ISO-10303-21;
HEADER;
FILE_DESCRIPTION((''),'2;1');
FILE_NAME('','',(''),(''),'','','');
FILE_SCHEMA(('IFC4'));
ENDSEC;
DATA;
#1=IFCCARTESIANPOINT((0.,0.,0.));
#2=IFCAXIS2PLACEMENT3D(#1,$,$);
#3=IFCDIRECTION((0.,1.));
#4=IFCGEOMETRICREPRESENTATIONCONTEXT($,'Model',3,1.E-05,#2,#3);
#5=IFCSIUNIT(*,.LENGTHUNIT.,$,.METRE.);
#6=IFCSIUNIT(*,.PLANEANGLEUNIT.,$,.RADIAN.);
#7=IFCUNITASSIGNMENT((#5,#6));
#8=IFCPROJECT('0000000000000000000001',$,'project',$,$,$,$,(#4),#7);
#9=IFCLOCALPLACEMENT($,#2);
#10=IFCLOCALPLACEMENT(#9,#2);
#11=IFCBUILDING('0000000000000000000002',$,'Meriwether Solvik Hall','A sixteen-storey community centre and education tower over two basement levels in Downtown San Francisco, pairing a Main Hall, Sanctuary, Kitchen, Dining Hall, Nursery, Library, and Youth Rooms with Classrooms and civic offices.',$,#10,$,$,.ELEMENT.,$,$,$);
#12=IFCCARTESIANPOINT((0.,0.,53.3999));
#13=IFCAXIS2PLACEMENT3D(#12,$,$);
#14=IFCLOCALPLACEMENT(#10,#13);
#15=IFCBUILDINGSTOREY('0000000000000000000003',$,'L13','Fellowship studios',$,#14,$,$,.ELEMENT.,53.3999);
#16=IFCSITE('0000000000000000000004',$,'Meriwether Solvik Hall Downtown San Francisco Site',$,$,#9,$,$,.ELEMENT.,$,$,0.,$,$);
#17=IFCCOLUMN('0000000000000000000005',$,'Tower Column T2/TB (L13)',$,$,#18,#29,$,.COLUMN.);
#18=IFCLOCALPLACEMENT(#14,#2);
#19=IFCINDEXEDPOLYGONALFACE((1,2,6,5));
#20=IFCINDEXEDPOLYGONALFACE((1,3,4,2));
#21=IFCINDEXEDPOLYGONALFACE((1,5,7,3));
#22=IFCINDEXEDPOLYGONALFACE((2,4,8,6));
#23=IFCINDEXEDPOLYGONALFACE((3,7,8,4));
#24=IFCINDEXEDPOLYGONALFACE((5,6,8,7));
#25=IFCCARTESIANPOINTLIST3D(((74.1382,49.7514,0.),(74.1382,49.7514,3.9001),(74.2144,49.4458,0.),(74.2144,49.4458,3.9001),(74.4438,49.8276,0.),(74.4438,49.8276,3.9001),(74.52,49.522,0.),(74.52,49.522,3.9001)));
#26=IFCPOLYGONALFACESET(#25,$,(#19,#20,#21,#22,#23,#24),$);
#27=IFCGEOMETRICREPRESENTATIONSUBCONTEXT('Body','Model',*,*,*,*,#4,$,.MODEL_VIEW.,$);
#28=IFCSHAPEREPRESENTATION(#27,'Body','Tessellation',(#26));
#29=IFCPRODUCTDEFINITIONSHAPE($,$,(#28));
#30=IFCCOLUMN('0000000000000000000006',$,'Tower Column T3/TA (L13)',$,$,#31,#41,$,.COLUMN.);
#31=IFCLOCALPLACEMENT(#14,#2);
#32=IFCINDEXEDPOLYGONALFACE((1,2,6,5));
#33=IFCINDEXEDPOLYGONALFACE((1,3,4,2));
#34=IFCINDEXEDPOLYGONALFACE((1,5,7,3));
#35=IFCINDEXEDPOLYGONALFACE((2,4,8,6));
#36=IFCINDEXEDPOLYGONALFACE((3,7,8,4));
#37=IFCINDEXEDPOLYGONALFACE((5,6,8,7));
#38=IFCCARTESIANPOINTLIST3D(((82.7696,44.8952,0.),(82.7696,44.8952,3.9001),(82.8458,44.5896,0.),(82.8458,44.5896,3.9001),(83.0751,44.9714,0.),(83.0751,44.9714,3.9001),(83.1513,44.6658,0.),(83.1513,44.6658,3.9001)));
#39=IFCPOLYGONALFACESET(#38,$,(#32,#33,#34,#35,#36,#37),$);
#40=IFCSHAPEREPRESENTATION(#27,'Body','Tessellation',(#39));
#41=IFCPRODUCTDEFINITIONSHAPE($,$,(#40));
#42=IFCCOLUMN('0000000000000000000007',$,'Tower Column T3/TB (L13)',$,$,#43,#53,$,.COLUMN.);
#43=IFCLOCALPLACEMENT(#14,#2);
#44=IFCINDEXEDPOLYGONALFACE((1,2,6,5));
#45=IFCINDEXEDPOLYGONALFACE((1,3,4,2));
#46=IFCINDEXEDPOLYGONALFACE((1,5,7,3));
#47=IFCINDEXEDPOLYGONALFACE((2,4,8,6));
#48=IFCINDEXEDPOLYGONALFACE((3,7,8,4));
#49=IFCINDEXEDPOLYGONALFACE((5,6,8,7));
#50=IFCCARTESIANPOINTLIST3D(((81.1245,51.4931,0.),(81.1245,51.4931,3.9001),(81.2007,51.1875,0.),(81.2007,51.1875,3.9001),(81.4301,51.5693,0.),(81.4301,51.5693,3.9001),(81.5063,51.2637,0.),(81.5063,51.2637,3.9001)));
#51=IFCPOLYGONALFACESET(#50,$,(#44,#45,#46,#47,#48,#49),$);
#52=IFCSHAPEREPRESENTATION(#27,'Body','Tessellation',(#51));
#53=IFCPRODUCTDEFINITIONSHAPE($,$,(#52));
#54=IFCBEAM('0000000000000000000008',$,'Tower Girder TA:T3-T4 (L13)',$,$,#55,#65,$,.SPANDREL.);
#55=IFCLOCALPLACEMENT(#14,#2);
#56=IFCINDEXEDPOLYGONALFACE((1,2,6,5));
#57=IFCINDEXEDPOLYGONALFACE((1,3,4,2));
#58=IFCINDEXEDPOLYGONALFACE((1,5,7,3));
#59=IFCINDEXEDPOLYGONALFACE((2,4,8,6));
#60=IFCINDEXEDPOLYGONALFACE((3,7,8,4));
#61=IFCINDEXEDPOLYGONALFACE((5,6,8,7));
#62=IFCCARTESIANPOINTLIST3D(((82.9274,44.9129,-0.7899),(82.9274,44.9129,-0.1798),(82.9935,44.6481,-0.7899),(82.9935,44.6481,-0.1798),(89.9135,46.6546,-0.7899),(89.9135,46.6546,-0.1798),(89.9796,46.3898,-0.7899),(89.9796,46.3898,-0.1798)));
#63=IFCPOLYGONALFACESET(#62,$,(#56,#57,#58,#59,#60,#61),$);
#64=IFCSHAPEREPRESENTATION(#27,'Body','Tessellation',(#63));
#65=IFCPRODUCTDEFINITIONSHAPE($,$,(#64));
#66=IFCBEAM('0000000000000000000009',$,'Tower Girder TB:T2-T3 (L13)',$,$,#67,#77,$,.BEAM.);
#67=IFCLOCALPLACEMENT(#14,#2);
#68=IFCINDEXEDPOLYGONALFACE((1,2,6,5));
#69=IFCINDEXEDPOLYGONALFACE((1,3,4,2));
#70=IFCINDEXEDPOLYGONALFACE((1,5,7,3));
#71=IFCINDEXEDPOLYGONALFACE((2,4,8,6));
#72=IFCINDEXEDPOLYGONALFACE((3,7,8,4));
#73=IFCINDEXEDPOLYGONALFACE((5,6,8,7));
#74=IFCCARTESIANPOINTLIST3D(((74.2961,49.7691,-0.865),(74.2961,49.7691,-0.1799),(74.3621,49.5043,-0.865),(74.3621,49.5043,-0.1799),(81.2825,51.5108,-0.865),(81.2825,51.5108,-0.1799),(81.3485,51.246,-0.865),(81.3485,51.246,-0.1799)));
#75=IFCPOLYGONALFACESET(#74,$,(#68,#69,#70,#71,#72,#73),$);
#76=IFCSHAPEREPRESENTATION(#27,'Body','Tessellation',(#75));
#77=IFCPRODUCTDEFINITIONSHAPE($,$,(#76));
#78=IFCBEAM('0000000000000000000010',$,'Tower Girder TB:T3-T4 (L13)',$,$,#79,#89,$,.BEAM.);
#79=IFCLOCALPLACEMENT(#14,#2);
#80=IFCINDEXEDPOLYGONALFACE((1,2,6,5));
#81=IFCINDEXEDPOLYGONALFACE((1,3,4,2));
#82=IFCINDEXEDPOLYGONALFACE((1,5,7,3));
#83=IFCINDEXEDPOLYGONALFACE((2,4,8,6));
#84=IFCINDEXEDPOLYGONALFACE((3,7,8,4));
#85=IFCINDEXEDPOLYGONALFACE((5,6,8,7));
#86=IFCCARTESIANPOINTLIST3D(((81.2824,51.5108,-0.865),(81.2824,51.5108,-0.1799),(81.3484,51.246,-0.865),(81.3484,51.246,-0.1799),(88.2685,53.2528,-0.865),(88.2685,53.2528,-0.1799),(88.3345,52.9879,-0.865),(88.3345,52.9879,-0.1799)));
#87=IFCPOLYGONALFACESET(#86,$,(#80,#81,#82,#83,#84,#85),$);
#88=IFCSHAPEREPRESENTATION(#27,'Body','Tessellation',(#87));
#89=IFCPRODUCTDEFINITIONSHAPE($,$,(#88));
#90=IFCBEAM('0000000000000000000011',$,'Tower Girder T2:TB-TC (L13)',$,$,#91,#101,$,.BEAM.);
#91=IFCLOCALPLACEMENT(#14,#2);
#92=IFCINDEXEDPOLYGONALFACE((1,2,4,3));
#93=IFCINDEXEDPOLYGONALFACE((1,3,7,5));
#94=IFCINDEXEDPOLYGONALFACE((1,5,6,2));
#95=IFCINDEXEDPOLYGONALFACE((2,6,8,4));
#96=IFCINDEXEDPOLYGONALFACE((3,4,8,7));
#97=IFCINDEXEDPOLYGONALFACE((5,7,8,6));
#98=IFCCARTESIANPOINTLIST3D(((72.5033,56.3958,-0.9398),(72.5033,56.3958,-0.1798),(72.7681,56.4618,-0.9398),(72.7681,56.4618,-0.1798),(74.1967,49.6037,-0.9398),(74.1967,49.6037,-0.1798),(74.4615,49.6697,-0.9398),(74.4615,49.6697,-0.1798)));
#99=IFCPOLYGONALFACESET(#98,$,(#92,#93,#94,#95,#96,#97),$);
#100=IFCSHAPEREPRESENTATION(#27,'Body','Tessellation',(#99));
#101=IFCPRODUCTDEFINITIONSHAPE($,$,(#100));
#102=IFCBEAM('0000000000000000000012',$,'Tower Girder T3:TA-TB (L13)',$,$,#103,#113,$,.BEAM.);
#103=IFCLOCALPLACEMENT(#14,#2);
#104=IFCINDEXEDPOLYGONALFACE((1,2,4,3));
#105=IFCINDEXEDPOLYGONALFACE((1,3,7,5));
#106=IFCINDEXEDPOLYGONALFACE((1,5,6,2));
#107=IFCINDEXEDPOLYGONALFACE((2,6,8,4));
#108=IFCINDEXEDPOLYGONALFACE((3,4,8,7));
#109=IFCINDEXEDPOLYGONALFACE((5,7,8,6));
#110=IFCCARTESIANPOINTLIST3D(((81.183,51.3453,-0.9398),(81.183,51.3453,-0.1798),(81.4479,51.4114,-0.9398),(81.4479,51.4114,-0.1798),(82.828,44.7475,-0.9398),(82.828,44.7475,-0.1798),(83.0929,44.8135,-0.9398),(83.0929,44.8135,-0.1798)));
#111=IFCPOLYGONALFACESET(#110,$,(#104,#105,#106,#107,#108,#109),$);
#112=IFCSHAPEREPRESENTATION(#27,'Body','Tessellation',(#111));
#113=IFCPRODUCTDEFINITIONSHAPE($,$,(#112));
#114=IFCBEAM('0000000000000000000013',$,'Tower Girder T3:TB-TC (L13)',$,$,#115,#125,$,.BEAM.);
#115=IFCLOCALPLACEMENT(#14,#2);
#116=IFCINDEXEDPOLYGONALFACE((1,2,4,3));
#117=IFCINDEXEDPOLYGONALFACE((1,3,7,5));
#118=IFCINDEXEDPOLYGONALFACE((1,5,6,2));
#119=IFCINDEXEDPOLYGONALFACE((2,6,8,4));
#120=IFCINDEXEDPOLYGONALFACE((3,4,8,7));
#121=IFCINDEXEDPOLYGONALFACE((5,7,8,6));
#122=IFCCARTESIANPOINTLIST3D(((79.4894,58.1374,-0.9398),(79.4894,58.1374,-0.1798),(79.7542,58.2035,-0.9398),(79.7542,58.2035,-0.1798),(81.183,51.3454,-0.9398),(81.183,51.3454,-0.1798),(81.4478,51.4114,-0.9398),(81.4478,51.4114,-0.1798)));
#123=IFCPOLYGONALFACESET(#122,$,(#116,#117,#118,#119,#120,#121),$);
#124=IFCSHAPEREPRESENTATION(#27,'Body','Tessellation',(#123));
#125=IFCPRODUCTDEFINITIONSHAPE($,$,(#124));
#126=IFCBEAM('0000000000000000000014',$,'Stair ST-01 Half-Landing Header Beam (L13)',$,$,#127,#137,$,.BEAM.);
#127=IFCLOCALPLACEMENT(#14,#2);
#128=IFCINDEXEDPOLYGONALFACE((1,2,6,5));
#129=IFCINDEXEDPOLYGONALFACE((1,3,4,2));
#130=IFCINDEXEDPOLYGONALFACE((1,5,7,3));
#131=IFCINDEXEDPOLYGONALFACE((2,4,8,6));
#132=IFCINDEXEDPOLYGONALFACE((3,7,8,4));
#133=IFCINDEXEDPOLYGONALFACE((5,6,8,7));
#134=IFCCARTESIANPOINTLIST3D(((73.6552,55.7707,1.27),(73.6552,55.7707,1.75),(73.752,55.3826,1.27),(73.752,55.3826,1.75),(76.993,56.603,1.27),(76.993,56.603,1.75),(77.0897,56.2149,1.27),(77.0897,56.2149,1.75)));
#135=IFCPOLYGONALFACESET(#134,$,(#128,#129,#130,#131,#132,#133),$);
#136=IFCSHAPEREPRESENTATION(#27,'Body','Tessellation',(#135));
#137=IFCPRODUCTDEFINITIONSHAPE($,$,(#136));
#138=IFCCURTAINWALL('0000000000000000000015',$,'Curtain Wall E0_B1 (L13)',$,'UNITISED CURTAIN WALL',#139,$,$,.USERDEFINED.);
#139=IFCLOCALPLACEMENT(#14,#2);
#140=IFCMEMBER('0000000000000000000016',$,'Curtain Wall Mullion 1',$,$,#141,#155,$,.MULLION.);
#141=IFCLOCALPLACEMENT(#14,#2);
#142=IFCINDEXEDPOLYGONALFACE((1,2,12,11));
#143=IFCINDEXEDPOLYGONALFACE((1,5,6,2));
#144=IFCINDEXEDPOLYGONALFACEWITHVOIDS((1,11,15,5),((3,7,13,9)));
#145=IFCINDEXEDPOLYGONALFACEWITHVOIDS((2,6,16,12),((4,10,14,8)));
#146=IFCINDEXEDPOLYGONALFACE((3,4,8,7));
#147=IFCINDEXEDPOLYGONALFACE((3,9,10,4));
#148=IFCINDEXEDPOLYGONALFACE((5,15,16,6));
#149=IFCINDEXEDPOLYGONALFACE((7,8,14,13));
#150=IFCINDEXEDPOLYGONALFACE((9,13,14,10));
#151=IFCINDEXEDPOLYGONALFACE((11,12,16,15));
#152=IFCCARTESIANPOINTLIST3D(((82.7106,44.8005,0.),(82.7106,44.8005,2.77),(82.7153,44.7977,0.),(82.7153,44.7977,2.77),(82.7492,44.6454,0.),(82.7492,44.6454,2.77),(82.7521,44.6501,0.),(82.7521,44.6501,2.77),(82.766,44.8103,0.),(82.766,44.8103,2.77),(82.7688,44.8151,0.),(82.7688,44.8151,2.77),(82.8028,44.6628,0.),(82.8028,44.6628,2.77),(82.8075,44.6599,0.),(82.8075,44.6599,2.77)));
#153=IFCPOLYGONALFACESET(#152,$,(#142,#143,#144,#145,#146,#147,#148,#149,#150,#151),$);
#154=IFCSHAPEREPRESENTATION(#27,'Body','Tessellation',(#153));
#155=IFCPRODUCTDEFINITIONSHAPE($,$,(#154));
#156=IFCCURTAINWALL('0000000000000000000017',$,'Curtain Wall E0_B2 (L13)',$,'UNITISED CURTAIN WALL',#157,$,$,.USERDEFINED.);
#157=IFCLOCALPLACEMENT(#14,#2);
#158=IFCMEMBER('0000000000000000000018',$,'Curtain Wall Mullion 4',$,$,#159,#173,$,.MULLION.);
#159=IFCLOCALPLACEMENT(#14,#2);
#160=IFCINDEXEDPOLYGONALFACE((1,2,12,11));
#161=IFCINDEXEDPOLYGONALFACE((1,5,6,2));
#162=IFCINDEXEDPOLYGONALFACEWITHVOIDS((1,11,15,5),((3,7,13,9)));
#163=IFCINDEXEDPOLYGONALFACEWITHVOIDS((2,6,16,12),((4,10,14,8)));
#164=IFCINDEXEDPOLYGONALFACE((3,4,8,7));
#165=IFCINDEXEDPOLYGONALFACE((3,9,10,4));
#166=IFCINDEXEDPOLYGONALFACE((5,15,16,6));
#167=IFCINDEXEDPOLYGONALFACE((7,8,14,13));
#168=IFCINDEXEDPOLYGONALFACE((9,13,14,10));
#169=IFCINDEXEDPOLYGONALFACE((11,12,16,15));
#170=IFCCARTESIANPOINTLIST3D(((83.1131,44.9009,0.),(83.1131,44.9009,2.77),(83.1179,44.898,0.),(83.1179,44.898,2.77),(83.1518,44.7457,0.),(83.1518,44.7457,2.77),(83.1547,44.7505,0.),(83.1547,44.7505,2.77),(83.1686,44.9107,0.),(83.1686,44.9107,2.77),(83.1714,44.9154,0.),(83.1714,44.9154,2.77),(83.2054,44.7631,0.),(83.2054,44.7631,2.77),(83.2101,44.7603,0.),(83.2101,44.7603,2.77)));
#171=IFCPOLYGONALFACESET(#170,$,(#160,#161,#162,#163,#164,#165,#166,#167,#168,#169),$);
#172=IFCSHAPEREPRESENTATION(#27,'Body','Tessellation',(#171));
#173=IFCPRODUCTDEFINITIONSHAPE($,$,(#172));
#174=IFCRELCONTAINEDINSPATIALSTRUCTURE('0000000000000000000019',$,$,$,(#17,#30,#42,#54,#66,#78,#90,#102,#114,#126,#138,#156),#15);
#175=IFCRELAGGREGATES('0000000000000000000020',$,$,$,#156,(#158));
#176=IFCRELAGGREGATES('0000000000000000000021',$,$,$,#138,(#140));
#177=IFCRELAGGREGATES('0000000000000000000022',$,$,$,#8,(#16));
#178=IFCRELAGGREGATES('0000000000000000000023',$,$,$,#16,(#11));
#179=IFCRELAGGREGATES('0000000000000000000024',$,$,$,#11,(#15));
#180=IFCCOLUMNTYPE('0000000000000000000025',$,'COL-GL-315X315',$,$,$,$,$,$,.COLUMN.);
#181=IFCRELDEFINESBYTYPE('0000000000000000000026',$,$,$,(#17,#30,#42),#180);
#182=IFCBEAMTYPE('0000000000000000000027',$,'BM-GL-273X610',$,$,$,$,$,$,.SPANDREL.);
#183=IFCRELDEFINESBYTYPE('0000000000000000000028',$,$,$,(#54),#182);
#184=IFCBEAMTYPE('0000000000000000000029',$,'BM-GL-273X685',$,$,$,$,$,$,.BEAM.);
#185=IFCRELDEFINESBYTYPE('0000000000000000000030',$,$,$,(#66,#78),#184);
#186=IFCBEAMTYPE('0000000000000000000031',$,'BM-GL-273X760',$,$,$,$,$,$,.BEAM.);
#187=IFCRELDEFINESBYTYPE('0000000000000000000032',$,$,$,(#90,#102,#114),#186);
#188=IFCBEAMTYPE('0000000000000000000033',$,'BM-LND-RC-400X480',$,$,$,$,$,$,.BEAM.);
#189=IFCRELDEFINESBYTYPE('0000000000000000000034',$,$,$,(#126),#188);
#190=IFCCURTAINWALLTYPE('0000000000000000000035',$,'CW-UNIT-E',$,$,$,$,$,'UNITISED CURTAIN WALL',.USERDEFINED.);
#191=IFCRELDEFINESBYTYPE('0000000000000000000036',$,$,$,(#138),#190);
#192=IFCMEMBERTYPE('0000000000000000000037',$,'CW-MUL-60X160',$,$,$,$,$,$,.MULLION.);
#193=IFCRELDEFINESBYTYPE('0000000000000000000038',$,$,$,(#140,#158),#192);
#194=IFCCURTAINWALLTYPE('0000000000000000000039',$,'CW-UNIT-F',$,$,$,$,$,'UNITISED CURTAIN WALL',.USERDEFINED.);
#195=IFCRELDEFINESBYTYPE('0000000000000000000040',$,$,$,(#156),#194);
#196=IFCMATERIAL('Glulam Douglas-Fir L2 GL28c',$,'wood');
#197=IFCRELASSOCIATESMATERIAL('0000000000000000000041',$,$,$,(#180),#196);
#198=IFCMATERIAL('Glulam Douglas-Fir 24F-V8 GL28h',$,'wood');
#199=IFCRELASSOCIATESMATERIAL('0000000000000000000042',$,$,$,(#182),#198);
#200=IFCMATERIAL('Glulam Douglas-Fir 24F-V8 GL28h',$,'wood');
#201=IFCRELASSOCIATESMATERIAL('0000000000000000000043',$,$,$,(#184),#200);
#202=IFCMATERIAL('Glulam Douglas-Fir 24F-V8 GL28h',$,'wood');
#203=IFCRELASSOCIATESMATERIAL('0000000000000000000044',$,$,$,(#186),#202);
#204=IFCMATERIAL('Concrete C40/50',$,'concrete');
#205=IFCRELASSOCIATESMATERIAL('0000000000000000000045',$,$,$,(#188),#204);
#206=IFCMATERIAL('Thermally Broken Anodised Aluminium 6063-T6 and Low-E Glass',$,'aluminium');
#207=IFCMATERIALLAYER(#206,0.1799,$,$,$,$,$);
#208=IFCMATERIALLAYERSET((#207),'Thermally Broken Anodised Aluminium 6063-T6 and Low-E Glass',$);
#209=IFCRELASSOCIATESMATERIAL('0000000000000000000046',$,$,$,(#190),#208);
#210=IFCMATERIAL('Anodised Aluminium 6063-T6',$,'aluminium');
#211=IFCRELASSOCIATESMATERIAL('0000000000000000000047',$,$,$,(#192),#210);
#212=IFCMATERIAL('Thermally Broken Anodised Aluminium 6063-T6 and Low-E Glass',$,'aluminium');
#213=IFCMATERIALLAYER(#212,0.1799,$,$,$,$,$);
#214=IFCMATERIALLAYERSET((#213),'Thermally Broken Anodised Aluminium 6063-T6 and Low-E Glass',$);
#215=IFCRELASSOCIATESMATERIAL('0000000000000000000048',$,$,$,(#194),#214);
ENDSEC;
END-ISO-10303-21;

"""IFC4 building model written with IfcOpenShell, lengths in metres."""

from ifc_helpers import new_model, si_unit, direction, frame, origin, origin_2d, place, context, subcontext, project, spatial, rectangle, hollow_rectangle, extrude, material, layer, layer_set, material_profile, profile_set, type_object, element, aggregate, save


model = new_model("IFC4")

# Units and contexts
model_context = context("Model", 3, precision=1e-05, world=origin(), true_north=direction((0.0, 1.0)))
body_context = subcontext(model_context, "Body", "Model", "MODEL_VIEW")
ifc_project = project(units=[si_unit("LENGTHUNIT", "METRE"), si_unit("PLANEANGLEUNIT", "RADIAN")], contexts=[model_context])

# Site, building, storey
site_placement = place(None, origin())
site = spatial("IfcSite", under=ifc_project, at=site_placement, Name="Meriwether Solvik Hall Downtown San Francisco Site", CompositionType="ELEMENT", RefElevation=0.0)
building_placement = place(site_placement, origin())
building = spatial("IfcBuilding", under=site, at=building_placement, Name="Meriwether Solvik Hall", Description="A sixteen-storey community centre and education tower over two basement levels in Downtown San Francisco, pairing a Main Hall, Sanctuary, Kitchen, Dining Hall, Nursery, Library, and Youth Rooms with Classrooms and civic offices.", CompositionType="ELEMENT")
storey_placement = place(building_placement, frame((0.0, 0.0, 53.3999)))
storey = spatial("IfcBuildingStorey", under=building, at=storey_placement, Name="L13", Description="Fellowship studios", CompositionType="ELEMENT", Elevation=53.3999)

# Columns
ifc_material_1 = material(Name="Glulam Douglas-Fir L2 GL28c", Category="wood")
ifc_material_profile_1 = material_profile(ifc_material_1, rectangle(XDim=0.3149, YDim=0.3149, at=origin_2d()), Name="GLC-315X315")
ifc_profile_set_1 = profile_set([ifc_material_profile_1], Name="Glulam Douglas-Fir L2 GL28c")
column_type = type_object("IfcColumnType", Name="COL-GL-315X315", PredefinedType="COLUMN", material=ifc_profile_set_1)
for number, where, z_axis, x_axis, name in (
    (1, (74.3291, 49.6367, 0.0), (0.0, 0.0, 1.0), (0.970296, 0.241922, 0.0), "Tower Column T2/TB (L13)"),
    (2, (82.9604, 44.7805, 0.0), (0.0, 0.0, 1.0), (0.970296, 0.241922, 0.0), "Tower Column T3/TA (L13)"),
    (3, (81.3154, 51.3784, 0.0), (0.0, 0.0, 1.0), (0.970296, 0.241922, 0.0), "Tower Column T3/TB (L13)"),
):
    element("IfcColumn", number, at=place(storey_placement, frame(where, z_axis=z_axis, x_axis=x_axis)), inside=storey, type_object=column_type, Name=name, PredefinedType="COLUMN", context=body_context, shape_type="SweptSolid", body=[
        extrude(rectangle(XDim=0.3149, YDim=0.3149, at=origin_2d()), origin(), (0.0, 0.0, 1.0), 3.9001),
    ])

# Beams
ifc_material_2 = material(Name="Glulam Douglas-Fir 24F-V8 GL28h", Category="wood")
ifc_material_profile_2 = material_profile(ifc_material_2, rectangle(XDim=0.2729, YDim=0.6101, at=origin_2d()), Name="GLB-273X610")
ifc_profile_set_2 = profile_set([ifc_material_profile_2], Name="Glulam Douglas-Fir 24F-V8 GL28h")
beam_type_1 = type_object("IfcBeamType", Name="BM-GL-273X610", PredefinedType="SPANDREL", material=ifc_profile_set_2)
beam_1_placement = place(storey_placement, frame((82.9604, 44.7805, -0.4849), z_axis=(0.9703, 0.241905, 0.0), x_axis=(-0.241905, 0.9703, 0.0)))
element("IfcBeam", 4, at=beam_1_placement, inside=storey, type_object=beam_type_1, Name="Tower Girder TA:T3-T4 (L13)", PredefinedType="SPANDREL", context=body_context, shape_type="SweptSolid", body=[
    extrude(rectangle(XDim=0.2729, YDim=0.6101, at=origin_2d()), origin(), (0.0, 0.0, 1.0), 7.2),
])
ifc_material_3 = material(Name="Glulam Douglas-Fir 24F-V8 GL28h", Category="wood")
ifc_material_profile_3 = material_profile(ifc_material_3, rectangle(XDim=0.2729, YDim=0.6851, at=origin_2d()), Name="GLB-273X685")
ifc_profile_set_3 = profile_set([ifc_material_profile_3], Name="Glulam Douglas-Fir 24F-V8 GL28h")
beam_type_2 = type_object("IfcBeamType", Name="BM-GL-273X685", PredefinedType="BEAM", material=ifc_profile_set_3)
beam_2_placement = place(storey_placement, frame((74.3291, 49.6367, -0.5225), z_axis=(0.970302, 0.241897, 0.0), x_axis=(-0.241897, 0.970302, 0.0)))
element("IfcBeam", 5, at=beam_2_placement, inside=storey, type_object=beam_type_2, Name="Tower Girder TB:T2-T3 (L13)", PredefinedType="BEAM", context=body_context, shape_type="SweptSolid", body=[
    extrude(rectangle(XDim=0.2729, YDim=0.6851, at=origin_2d()), origin(), (0.0, 0.0, 1.0), 7.2002),
])
beam_3_placement = place(storey_placement, frame((81.3154, 51.3784, -0.5225), z_axis=(0.970292, 0.241937, 0.0), x_axis=(-0.241937, 0.970292, 0.0)))
element("IfcBeam", 6, at=beam_3_placement, inside=storey, type_object=beam_type_2, Name="Tower Girder TB:T3-T4 (L13)", PredefinedType="BEAM", context=body_context, shape_type="SweptSolid", body=[
    extrude(rectangle(XDim=0.2729, YDim=0.6851, at=origin_2d()), origin(), (0.0, 0.0, 1.0), 7.2),
])
ifc_material_4 = material(Name="Glulam Douglas-Fir 24F-V8 GL28h", Category="wood")
ifc_material_profile_4 = material_profile(ifc_material_4, rectangle(XDim=0.2729, YDim=0.76, at=origin_2d()), Name="GLB-273X760")
ifc_profile_set_4 = profile_set([ifc_material_profile_4], Name="Glulam Douglas-Fir 24F-V8 GL28h")
beam_type_3 = type_object("IfcBeamType", Name="BM-GL-273X760", PredefinedType="BEAM", material=ifc_profile_set_4)
beam_4_placement = place(storey_placement, frame((74.3291, 49.6367, -0.5598), z_axis=(-0.241912, 0.970298, 0.0), x_axis=(-0.970298, -0.241912, 0.0)))
element("IfcBeam", 7, at=beam_4_placement, inside=storey, type_object=beam_type_3, Name="Tower Girder T2:TB-TC (L13)", PredefinedType="BEAM", context=body_context, shape_type="SweptSolid", body=[
    extrude(rectangle(XDim=0.2729, YDim=0.76, at=origin_2d()), origin(), (0.0, 0.0, 1.0), 7.0),
])
beam_5_placement = place(storey_placement, frame((82.9604, 44.7805, -0.5598), z_axis=(-0.241919, 0.970296, 0.0), x_axis=(-0.970296, -0.241919, 0.0)))
element("IfcBeam", 8, at=beam_5_placement, inside=storey, type_object=beam_type_3, Name="Tower Girder T3:TA-TB (L13)", PredefinedType="BEAM", context=body_context, shape_type="SweptSolid", body=[
    extrude(rectangle(XDim=0.2729, YDim=0.76, at=origin_2d()), origin(), (0.0, 0.0, 1.0), 6.7998),
])
beam_6_placement = place(storey_placement, frame((81.3154, 51.3784, -0.5598), z_axis=(-0.241945, 0.97029, 0.0), x_axis=(-0.97029, -0.241945, 0.0)))
element("IfcBeam", 9, at=beam_6_placement, inside=storey, type_object=beam_type_3, Name="Tower Girder T3:TB-TC (L13)", PredefinedType="BEAM", context=body_context, shape_type="SweptSolid", body=[
    extrude(rectangle(XDim=0.2729, YDim=0.76, at=origin_2d()), origin(), (0.0, 0.0, 1.0), 7.0),
])
ifc_material_5 = material(Name="Concrete C40/50", Category="concrete")
ifc_material_profile_5 = material_profile(ifc_material_5, rectangle(XDim=0.3999, YDim=0.48, at=origin_2d()), Name="RCB-400X480")
ifc_profile_set_5 = profile_set([ifc_material_profile_5], Name="Concrete C40/50")
beam_type_4 = type_object("IfcBeamType", Name="BM-LND-RC-400X480", PredefinedType="BEAM", material=ifc_profile_set_5)
beam_7_placement = place(storey_placement, frame((73.7036, 55.5767, 1.51), z_axis=(0.970288, 0.241951, 0.0), x_axis=(-0.241951, 0.970288, 0.0)))
element("IfcBeam", 10, at=beam_7_placement, inside=storey, type_object=beam_type_4, Name="Stair ST-01 Half-Landing Header Beam (L13)", PredefinedType="BEAM", context=body_context, shape_type="SweptSolid", body=[
    extrude(rectangle(XDim=0.3999, YDim=0.48, at=origin_2d()), origin(), (0.0, 0.0, 1.0), 3.4399),
])

# Curtain walls, members
ifc_material_6 = material(Name="Thermally Broken Anodised Aluminium 6063-T6 and Low-E Glass", Category="aluminium")
ifc_layer_1 = layer(ifc_material_6, 0.1799)
ifc_layer_set_1 = layer_set([ifc_layer_1], Name="Thermally Broken Anodised Aluminium 6063-T6 and Low-E Glass")
curtain_wall_type_1 = type_object("IfcCurtainWallType", Name="CW-UNIT-E", ElementType="UNITISED CURTAIN WALL", PredefinedType="USERDEFINED", material=ifc_layer_set_1)
curtain_wall_1_placement = place(storey_placement, origin())
curtain_wall_1 = element("IfcCurtainWall", 11, at=curtain_wall_1_placement, inside=storey, type_object=curtain_wall_type_1, Name="Curtain Wall E0_B1 (L13)", ObjectType="UNITISED CURTAIN WALL", PredefinedType="USERDEFINED")
ifc_material_7 = material(Name="Anodised Aluminium 6063-T6", Category="aluminium")
ifc_material_profile_6 = material_profile(ifc_material_7, hollow_rectangle(XDim=0.0601, YDim=0.1599, WallThickness=0.0039, at=origin_2d()), Name="CWM-60X160")
ifc_profile_set_6 = profile_set([ifc_material_profile_6], Name="Anodised Aluminium 6063-T6")
member_type_1 = type_object("IfcMemberType", Name="CW-MUL-60X160", PredefinedType="MULLION", material=ifc_profile_set_6)
member_1_placement = place(storey_placement, frame((82.759, 44.7302, 0.0), z_axis=(0.0, 0.0, 1.0), x_axis=(-0.970296, -0.241922, 0.0)))
member_1 = element("IfcMember", 12, at=member_1_placement, type_object=member_type_1, Name="Curtain Wall Mullion 1", PredefinedType="MULLION", context=body_context, shape_type="SweptSolid", body=[
    extrude(hollow_rectangle(XDim=0.0601, YDim=0.1599, WallThickness=0.0039, at=origin_2d()), origin(), (0.0, 0.0, 1.0), 2.77),
])
ifc_material_8 = material(Name="Thermally Broken Anodised Aluminium 6063-T6 and Low-E Glass", Category="aluminium")
ifc_layer_2 = layer(ifc_material_8, 0.1799)
ifc_layer_set_2 = layer_set([ifc_layer_2], Name="Thermally Broken Anodised Aluminium 6063-T6 and Low-E Glass")
curtain_wall_type_2 = type_object("IfcCurtainWallType", Name="CW-UNIT-F", ElementType="UNITISED CURTAIN WALL", PredefinedType="USERDEFINED", material=ifc_layer_set_2)
curtain_wall_2_placement = place(storey_placement, origin())
curtain_wall_2 = element("IfcCurtainWall", 13, at=curtain_wall_2_placement, inside=storey, type_object=curtain_wall_type_2, Name="Curtain Wall E0_B2 (L13)", ObjectType="UNITISED CURTAIN WALL", PredefinedType="USERDEFINED")
member_2_placement = place(storey_placement, frame((83.1616, 44.8306, 0.0), z_axis=(0.0, 0.0, 1.0), x_axis=(-0.970296, -0.241922, 0.0)))
member_2 = element("IfcMember", 14, at=member_2_placement, type_object=member_type_1, Name="Curtain Wall Mullion 4", PredefinedType="MULLION", context=body_context, shape_type="SweptSolid", body=[
    extrude(hollow_rectangle(XDim=0.0601, YDim=0.1599, WallThickness=0.0039, at=origin_2d()), origin(), (0.0, 0.0, 1.0), 2.77),
])
aggregate(curtain_wall_2, [member_2])

aggregate(curtain_wall_1, [member_1])

save(model, "model.ifc")
